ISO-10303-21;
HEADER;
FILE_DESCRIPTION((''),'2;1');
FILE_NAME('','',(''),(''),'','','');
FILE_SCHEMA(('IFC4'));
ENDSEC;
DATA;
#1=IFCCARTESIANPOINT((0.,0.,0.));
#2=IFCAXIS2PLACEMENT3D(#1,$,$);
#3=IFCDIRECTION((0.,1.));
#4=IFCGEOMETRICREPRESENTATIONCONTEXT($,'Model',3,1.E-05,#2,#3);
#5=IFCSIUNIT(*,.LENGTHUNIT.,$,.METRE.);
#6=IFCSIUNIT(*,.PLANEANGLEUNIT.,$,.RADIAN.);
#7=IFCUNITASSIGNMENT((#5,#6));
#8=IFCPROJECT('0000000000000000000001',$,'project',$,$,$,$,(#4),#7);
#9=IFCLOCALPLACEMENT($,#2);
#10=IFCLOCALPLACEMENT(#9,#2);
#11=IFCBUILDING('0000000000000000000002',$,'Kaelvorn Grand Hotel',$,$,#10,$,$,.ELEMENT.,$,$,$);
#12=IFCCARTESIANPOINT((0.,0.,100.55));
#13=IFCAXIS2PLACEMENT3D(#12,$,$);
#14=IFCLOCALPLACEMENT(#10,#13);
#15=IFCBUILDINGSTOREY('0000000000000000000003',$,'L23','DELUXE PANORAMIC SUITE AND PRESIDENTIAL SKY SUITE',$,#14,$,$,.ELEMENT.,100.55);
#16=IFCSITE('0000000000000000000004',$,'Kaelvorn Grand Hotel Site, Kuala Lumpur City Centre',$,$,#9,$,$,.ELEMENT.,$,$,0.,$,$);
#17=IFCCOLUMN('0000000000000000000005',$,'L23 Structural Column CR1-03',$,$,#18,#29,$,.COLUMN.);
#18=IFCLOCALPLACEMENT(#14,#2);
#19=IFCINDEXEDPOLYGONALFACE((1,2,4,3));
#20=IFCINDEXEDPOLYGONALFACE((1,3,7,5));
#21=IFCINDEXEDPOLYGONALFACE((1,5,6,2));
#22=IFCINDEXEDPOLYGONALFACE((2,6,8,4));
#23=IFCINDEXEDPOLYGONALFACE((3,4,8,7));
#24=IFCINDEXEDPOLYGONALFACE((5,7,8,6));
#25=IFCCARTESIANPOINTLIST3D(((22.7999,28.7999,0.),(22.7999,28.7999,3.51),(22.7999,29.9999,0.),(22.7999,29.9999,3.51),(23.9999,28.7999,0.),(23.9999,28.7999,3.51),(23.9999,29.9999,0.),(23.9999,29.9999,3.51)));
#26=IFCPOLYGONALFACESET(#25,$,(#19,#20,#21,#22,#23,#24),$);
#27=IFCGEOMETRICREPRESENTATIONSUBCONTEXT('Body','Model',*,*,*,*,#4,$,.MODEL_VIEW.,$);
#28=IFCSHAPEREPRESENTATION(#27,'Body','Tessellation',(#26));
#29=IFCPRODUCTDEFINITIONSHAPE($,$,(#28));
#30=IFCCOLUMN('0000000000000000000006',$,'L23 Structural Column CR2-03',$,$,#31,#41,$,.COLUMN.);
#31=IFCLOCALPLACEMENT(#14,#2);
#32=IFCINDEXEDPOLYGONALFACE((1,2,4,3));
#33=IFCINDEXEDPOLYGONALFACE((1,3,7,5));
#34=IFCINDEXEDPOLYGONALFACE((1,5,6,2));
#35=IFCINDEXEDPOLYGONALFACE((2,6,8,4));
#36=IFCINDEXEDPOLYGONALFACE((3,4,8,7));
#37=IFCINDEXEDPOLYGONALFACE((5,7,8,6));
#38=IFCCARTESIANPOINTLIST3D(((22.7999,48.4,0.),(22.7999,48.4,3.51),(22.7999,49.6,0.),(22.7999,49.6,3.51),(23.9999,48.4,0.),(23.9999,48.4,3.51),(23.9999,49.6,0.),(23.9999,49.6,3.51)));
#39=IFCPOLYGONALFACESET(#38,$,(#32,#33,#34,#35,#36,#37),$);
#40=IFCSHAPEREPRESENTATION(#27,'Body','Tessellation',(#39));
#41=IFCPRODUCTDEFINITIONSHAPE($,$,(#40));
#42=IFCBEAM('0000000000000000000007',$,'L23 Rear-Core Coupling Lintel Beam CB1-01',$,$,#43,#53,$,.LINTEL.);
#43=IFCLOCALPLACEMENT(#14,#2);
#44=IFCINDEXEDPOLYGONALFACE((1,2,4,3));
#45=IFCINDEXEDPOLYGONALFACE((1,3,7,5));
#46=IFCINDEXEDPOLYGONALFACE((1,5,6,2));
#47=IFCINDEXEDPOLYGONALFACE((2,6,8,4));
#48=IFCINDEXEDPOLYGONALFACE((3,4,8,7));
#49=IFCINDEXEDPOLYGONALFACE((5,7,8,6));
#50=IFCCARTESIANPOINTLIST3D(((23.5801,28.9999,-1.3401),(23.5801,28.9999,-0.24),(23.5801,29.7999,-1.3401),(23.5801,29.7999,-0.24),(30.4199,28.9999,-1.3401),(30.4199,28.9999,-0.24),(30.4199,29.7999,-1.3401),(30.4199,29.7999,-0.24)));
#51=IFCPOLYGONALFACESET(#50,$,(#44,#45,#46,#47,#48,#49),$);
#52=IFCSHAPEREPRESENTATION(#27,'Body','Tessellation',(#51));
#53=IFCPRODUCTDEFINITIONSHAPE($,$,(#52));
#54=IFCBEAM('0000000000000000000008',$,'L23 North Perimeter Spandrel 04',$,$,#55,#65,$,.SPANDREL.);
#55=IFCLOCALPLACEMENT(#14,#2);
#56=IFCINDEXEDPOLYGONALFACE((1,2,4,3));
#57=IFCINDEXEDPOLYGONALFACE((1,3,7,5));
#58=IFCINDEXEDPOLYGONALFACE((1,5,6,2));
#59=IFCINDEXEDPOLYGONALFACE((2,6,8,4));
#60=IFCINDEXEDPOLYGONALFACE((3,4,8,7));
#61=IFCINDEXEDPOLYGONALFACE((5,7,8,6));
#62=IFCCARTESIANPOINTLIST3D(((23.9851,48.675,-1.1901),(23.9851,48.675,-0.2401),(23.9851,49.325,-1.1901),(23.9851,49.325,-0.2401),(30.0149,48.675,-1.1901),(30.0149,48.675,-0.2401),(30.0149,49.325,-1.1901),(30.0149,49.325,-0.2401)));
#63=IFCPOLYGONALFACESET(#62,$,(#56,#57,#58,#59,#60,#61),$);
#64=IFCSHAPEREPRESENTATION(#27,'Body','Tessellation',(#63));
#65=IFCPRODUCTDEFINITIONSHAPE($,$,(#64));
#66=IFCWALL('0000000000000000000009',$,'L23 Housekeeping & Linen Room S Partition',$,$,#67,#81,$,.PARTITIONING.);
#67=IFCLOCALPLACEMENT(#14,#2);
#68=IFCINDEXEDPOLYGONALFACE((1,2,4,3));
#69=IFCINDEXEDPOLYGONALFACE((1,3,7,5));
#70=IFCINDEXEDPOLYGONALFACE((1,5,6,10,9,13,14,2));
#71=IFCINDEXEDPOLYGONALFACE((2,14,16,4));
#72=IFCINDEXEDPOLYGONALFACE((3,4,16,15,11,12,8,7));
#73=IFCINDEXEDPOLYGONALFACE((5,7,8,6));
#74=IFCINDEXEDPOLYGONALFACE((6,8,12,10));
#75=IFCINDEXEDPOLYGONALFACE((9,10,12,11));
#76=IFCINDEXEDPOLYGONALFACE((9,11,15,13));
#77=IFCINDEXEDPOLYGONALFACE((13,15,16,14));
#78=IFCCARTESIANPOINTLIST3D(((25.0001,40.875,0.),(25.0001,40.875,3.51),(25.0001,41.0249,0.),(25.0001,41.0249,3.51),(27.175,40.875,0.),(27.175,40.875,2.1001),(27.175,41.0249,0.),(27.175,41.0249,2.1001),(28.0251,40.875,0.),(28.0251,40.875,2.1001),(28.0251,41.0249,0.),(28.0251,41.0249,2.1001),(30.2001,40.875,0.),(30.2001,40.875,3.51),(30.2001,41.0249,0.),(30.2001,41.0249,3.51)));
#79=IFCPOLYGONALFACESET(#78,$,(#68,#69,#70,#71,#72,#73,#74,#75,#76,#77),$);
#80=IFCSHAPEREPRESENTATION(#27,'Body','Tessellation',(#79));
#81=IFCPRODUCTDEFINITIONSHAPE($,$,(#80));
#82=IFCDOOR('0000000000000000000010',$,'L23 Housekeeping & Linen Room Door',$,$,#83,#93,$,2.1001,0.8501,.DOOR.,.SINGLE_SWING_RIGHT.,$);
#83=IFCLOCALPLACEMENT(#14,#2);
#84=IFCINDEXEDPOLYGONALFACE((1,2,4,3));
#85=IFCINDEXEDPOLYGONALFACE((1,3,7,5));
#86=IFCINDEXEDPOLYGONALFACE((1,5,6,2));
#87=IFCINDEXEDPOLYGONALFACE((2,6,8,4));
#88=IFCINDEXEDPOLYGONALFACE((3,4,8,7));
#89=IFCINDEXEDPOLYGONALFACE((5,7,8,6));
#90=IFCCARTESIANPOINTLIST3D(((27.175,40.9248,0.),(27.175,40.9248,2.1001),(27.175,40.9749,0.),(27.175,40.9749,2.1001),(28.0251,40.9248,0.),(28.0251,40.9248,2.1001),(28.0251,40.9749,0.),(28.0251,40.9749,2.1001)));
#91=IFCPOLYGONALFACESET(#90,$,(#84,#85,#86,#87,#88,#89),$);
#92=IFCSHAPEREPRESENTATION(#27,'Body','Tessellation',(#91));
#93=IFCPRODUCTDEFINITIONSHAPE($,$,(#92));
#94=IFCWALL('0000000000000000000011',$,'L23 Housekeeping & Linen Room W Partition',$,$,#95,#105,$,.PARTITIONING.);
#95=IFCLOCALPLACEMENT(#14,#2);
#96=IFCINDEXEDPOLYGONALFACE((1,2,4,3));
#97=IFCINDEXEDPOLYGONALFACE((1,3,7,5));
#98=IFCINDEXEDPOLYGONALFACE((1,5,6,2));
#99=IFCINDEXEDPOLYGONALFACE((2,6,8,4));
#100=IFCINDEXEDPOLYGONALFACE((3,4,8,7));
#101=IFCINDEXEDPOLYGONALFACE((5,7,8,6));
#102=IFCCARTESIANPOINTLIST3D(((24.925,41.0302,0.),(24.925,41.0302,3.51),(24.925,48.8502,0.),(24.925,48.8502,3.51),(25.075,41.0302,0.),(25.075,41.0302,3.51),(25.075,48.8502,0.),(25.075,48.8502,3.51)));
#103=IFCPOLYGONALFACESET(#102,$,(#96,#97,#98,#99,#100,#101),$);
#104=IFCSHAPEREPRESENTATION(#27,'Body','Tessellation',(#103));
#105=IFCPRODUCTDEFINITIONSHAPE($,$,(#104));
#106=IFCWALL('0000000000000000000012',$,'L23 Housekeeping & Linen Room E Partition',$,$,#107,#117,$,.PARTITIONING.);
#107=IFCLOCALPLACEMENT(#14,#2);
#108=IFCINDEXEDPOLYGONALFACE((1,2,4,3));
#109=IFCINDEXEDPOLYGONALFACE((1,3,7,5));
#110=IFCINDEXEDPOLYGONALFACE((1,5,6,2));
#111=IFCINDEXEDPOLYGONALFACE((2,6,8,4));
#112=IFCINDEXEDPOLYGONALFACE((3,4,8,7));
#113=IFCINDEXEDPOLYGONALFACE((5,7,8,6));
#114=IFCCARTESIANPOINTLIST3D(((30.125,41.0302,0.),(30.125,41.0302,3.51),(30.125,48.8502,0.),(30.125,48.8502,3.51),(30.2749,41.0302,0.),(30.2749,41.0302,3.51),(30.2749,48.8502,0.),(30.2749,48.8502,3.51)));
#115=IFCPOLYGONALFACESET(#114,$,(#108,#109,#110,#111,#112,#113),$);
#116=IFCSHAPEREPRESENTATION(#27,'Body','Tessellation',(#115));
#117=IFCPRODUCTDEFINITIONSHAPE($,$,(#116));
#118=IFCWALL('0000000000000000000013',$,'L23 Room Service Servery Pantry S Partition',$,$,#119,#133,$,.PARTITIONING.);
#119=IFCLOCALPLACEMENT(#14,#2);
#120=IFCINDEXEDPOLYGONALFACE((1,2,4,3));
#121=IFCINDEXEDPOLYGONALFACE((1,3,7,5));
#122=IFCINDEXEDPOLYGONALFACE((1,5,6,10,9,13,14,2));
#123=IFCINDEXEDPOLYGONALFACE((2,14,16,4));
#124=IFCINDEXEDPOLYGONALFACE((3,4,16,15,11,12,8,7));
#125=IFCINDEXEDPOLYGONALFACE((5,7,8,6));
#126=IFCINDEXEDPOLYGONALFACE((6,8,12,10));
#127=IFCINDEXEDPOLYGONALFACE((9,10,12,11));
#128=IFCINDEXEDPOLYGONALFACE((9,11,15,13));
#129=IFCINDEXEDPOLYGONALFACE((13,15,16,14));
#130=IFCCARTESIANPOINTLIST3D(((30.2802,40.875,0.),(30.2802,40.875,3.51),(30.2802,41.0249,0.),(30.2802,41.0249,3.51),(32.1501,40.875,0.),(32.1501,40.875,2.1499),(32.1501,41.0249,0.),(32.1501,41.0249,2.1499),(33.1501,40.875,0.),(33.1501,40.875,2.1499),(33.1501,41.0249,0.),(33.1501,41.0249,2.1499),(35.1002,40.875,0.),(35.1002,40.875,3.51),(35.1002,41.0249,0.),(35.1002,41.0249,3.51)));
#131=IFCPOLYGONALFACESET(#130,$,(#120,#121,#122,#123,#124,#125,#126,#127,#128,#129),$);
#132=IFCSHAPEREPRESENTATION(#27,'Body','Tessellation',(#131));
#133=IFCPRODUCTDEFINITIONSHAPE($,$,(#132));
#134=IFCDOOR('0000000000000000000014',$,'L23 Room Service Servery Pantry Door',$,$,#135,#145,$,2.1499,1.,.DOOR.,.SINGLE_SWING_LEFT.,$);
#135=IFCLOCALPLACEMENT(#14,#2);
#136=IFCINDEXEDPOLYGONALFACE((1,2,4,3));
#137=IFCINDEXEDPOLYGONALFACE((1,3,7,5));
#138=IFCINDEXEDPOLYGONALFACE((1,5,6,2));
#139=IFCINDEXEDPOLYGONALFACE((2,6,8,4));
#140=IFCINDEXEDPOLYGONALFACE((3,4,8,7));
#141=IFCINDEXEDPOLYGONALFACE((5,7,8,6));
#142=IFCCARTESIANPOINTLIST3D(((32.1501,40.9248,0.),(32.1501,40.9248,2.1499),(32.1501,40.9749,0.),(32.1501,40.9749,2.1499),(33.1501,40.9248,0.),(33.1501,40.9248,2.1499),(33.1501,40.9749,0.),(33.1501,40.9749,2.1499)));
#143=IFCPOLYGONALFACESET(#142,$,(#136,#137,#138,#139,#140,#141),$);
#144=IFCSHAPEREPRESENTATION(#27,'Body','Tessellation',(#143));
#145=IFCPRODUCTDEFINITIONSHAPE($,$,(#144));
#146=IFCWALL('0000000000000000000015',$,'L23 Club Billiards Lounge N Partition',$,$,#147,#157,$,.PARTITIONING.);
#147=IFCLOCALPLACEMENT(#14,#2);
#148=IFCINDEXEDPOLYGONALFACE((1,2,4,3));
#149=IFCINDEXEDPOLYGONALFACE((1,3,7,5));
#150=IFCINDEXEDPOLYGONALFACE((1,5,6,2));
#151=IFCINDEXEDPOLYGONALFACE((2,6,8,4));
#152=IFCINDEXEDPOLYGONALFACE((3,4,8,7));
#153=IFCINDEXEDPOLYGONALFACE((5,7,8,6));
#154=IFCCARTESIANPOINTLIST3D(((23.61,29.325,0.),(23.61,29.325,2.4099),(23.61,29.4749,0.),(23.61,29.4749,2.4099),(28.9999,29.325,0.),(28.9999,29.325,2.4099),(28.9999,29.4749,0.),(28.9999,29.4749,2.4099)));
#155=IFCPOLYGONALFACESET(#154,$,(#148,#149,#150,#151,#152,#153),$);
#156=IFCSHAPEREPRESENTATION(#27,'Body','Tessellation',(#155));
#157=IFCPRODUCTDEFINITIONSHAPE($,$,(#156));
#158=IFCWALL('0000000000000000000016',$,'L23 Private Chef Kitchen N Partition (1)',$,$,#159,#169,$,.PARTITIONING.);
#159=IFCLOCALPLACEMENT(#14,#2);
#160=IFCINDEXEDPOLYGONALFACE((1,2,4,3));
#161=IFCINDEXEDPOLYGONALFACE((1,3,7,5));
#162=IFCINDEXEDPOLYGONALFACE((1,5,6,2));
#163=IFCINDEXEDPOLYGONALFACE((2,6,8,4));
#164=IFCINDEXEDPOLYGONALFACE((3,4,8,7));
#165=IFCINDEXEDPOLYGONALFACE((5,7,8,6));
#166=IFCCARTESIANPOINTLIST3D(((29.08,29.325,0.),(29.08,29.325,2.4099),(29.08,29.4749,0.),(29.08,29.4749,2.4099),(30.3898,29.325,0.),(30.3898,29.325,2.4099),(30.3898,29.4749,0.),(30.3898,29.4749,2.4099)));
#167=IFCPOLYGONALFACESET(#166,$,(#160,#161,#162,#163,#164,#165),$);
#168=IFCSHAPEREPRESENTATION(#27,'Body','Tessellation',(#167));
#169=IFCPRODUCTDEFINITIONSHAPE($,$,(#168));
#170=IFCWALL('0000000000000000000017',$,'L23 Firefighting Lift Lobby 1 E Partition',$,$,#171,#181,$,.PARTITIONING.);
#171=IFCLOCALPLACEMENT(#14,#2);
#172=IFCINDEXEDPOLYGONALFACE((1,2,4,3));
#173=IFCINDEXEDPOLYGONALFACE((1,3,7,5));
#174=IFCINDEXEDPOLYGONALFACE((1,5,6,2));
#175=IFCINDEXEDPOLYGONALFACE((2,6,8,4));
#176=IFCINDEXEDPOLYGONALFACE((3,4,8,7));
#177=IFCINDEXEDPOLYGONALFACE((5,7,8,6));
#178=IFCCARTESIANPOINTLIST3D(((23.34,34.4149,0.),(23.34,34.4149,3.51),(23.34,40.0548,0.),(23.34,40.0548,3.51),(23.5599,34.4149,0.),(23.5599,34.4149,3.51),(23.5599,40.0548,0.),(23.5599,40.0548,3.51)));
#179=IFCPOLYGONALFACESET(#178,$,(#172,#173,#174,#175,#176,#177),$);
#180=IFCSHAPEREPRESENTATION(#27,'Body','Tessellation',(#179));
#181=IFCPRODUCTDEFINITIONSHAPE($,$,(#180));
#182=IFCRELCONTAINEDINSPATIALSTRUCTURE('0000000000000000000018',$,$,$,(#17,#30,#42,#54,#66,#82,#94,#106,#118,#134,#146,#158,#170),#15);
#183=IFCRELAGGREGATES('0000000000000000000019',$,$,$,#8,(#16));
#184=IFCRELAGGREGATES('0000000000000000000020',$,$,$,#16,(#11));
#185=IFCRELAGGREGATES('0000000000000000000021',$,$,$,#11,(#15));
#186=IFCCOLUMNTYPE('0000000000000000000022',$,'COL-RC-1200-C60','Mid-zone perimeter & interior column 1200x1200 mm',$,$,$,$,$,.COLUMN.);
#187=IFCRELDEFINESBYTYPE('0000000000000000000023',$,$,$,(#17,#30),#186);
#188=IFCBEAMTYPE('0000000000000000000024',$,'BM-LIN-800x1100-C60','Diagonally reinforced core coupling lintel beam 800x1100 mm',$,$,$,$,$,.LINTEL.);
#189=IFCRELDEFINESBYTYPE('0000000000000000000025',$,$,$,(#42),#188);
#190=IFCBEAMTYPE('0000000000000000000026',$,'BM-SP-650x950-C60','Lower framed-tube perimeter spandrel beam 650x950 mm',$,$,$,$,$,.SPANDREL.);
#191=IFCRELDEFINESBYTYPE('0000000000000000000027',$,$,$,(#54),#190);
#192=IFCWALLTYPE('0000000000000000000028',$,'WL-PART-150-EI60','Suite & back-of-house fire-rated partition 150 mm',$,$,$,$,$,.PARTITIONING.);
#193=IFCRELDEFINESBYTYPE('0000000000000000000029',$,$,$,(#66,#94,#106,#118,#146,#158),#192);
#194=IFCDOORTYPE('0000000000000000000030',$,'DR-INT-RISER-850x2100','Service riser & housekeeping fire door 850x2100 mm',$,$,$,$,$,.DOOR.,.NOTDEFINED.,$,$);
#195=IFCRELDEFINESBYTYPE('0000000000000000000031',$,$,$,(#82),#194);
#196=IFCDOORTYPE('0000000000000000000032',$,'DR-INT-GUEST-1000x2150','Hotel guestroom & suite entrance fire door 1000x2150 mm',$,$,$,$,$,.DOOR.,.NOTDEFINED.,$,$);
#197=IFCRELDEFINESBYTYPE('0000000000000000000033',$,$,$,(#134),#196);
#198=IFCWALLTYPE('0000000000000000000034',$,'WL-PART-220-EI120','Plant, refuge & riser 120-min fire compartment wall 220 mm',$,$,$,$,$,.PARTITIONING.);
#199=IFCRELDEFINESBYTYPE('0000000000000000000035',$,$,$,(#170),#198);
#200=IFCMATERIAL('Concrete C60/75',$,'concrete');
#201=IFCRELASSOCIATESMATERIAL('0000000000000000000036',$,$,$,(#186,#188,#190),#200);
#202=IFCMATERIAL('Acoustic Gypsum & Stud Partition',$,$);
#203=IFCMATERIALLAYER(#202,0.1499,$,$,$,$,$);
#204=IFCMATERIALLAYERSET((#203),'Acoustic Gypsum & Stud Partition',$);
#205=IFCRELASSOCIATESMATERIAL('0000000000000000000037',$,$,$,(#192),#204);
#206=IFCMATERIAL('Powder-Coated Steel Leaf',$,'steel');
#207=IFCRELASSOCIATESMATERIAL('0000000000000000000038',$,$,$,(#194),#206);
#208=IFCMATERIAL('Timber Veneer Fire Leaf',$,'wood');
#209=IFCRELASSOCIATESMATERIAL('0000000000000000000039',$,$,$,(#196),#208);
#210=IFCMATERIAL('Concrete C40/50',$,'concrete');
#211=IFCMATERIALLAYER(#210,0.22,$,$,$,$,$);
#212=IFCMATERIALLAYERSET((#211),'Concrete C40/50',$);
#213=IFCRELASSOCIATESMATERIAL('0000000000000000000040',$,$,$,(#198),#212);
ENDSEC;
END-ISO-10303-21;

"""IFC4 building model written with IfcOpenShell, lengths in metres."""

from ifc_helpers import new_model, si_unit, direction, frame, frame_2d, origin, origin_2d, place, context, subcontext, project, spatial, rectangle, extrude, material, layer, layer_set, material_profile, profile_set, type_object, element, fill, save


model = new_model("IFC4")

# Units and contexts
model_context = context("Model", 3, precision=1e-05, world=origin(), true_north=direction((0.0, 1.0)))
body_context = subcontext(model_context, "Body", "Model", "MODEL_VIEW")
ifc_project = project(units=[si_unit("LENGTHUNIT", "METRE"), si_unit("PLANEANGLEUNIT", "RADIAN")], contexts=[model_context])

# Site, building, storey
site_placement = place(None, origin())
site = spatial("IfcSite", under=ifc_project, at=site_placement, Name="Kaelvorn Grand Hotel Site, Kuala Lumpur City Centre", CompositionType="ELEMENT", RefElevation=0.0)
building_placement = place(site_placement, origin())
building = spatial("IfcBuilding", under=site, at=building_placement, Name="Kaelvorn Grand Hotel", CompositionType="ELEMENT")
storey_placement = place(building_placement, frame((0.0, 0.0, 100.55)))
storey = spatial("IfcBuildingStorey", under=building, at=storey_placement, Name="L23", Description="DELUXE PANORAMIC SUITE AND PRESIDENTIAL SKY SUITE", CompositionType="ELEMENT", Elevation=100.55)

# Columns
ifc_material_1 = material(Name="Concrete C60/75", Category="concrete")
ifc_material_profile_1 = material_profile(ifc_material_1, rectangle(XDim=1.2, YDim=1.2, at=origin_2d()), Name="RC COL 1200x1200")
ifc_profile_set_1 = profile_set([ifc_material_profile_1], Name="Concrete C60/75")
column_type = type_object("IfcColumnType", Name="COL-RC-1200-C60", Description="Mid-zone perimeter & interior column 1200x1200 mm", PredefinedType="COLUMN", material=ifc_profile_set_1)
for number, where, z_axis, x_axis, name in (
    (1, (23.3999, 29.3999, 0.0), (0.0, 0.0, 1.0), (1.0, 0.0, 0.0), "L23 Structural Column CR1-03"),
    (2, (23.3999, 49.0, 0.0), (0.0, 0.0, 1.0), (1.0, 0.0, 0.0), "L23 Structural Column CR2-03"),
):
    element("IfcColumn", number, at=place(storey_placement, frame(where, z_axis=z_axis, x_axis=x_axis)), inside=storey, type_object=column_type, Name=name, PredefinedType="COLUMN", context=body_context, shape_type="SweptSolid", body=[
        extrude(rectangle(XDim=1.2, YDim=1.2, at=origin_2d()), origin(), (0.0, 0.0, 1.0), 3.51),
    ])

# Beams
ifc_material_profile_2 = material_profile(ifc_material_1, rectangle(XDim=0.8, YDim=1.1001, at=origin_2d()), Name="RC LINTEL 800x1100")
ifc_profile_set_2 = profile_set([ifc_material_profile_2], Name="Concrete C60/75")
beam_type_1 = type_object("IfcBeamType", Name="BM-LIN-800x1100-C60", Description="Diagonally reinforced core coupling lintel beam 800x1100 mm", PredefinedType="LINTEL", material=ifc_profile_set_2)
beam_1_placement = place(storey_placement, frame((23.5801, 29.3999, -0.79), z_axis=(1.0, 0.0, 0.0), x_axis=(0.0, 1.0, 0.0)))
element("IfcBeam", 3, at=beam_1_placement, inside=storey, type_object=beam_type_1, Name="L23 Rear-Core Coupling Lintel Beam CB1-01", PredefinedType="LINTEL", context=body_context, shape_type="SweptSolid", body=[
    extrude(rectangle(XDim=0.8, YDim=1.1001, at=origin_2d()), origin(), (0.0, 0.0, 1.0), 6.8398),
])
ifc_material_profile_3 = material_profile(ifc_material_1, rectangle(XDim=0.6499, YDim=0.95, at=origin_2d()), Name="RC SPANDREL 650x950")
ifc_profile_set_3 = profile_set([ifc_material_profile_3], Name="Concrete C60/75")
beam_type_2 = type_object("IfcBeamType", Name="BM-SP-650x950-C60", Description="Lower framed-tube perimeter spandrel beam 650x950 mm", PredefinedType="SPANDREL", material=ifc_profile_set_3)
beam_2_placement = place(storey_placement, frame((23.9851, 49.0, -0.7151), z_axis=(1.0, 0.0, 0.0), x_axis=(0.0, 1.0, 0.0)))
element("IfcBeam", 4, at=beam_2_placement, inside=storey, type_object=beam_type_2, Name="L23 North Perimeter Spandrel 04", PredefinedType="SPANDREL", context=body_context, shape_type="SweptSolid", body=[
    extrude(rectangle(XDim=0.6499, YDim=0.95, at=origin_2d()), origin(), (0.0, 0.0, 1.0), 6.0298),
])

# Wall, opening, door
ifc_material_2 = material(Name="Acoustic Gypsum & Stud Partition")
ifc_layer_1 = layer(ifc_material_2, 0.1499)
ifc_layer_set_1 = layer_set([ifc_layer_1], Name="Acoustic Gypsum & Stud Partition")
wall_type_1 = type_object("IfcWallType", Name="WL-PART-150-EI60", Description="Suite & back-of-house fire-rated partition 150 mm", PredefinedType="PARTITIONING", material=ifc_layer_set_1)
wall_1_placement = place(storey_placement, frame((25.0, 40.95, 0.0), z_axis=(0.0, 0.0, 1.0), x_axis=(1.0, 0.0, 0.0)))
wall_1 = element("IfcWall", 5, at=wall_1_placement, inside=storey, type_object=wall_type_1, Name="L23 Housekeeping & Linen Room S Partition", PredefinedType="PARTITIONING", context=body_context, shape_type="SweptSolid", body=[
    extrude(rectangle(XDim=5.2, YDim=0.1499, at=frame_2d((2.6001, 0.0))), origin(), (0.0, 0.0, 1.0), 3.51),
])
opening_1_placement = place(wall_1_placement, frame((2.175, 0.0, 0.0)))
opening_1 = element("IfcOpeningElement", 6, at=opening_1_placement, cuts=wall_1, PredefinedType="OPENING", context=body_context, shape_type="SweptSolid", body=[
    extrude(rectangle(XDim=0.8501, YDim=2.1001, at=frame_2d((0.425, 1.05))), frame((0.0, 0.085, 0.0), z_axis=(0.0, -1.0, 0.0), x_axis=(1.0, 0.0, 0.0)), (0.0, 0.0, 1.0), 0.1699),
])
ifc_material_3 = material(Name="Powder-Coated Steel Leaf", Category="steel")
door_type_1 = type_object("IfcDoorType", Name="DR-INT-RISER-850x2100", Description="Service riser & housekeeping fire door 850x2100 mm", OperationType="NOTDEFINED", PredefinedType="DOOR", material=ifc_material_3)
door_1_placement = place(opening_1_placement, origin())
door_1 = element("IfcDoor", 7, at=door_1_placement, inside=storey, type_object=door_type_1, Name="L23 Housekeeping & Linen Room Door", OperationType="SINGLE_SWING_RIGHT", OverallHeight=2.1001, OverallWidth=0.8501, PredefinedType="DOOR", context=body_context, shape_type="SweptSolid", body=[
    extrude(rectangle(XDim=0.8501, YDim=2.1001, at=frame_2d((0.425, 1.05))), frame((0.0, 0.0249, 0.0), z_axis=(0.0, -1.0, 0.0), x_axis=(1.0, 0.0, 0.0)), (0.0, 0.0, 1.0), 0.05),
])
fill(opening_1, door_1)

# Walls
for number, where, z_axis, x_axis, name in (
    (8, (25.0, 41.03, 0.0), (0.0, 0.0, 1.0), (0.0, 1.0, 0.0), "L23 Housekeeping & Linen Room W Partition"),
    (9, (30.2, 41.03, 0.0), (0.0, 0.0, 1.0), (0.0, 1.0, 0.0), "L23 Housekeeping & Linen Room E Partition"),
):
    element("IfcWall", number, at=place(storey_placement, frame(where, z_axis=z_axis, x_axis=x_axis)), inside=storey, type_object=wall_type_1, Name=name, PredefinedType="PARTITIONING", context=body_context, shape_type="SweptSolid", body=[
        extrude(rectangle(XDim=7.8201, YDim=0.1499, at=frame_2d((3.9102, 0.0))), origin(), (0.0, 0.0, 1.0), 3.51),
    ])

# Wall, opening, door
wall_2_placement = place(storey_placement, frame((30.28, 40.95, 0.0), z_axis=(0.0, 0.0, 1.0), x_axis=(1.0, 0.0, 0.0)))
wall_2 = element("IfcWall", 10, at=wall_2_placement, inside=storey, type_object=wall_type_1, Name="L23 Room Service Servery Pantry S Partition", PredefinedType="PARTITIONING", context=body_context, shape_type="SweptSolid", body=[
    extrude(rectangle(XDim=4.8201, YDim=0.1499, at=frame_2d((2.4102, 0.0))), origin(), (0.0, 0.0, 1.0), 3.51),
])
opening_2_placement = place(wall_2_placement, frame((1.8701, 0.0, 0.0)))
opening_2 = element("IfcOpeningElement", 11, at=opening_2_placement, cuts=wall_2, PredefinedType="OPENING", context=body_context, shape_type="SweptSolid", body=[
    extrude(rectangle(XDim=1.0, YDim=2.1499, at=frame_2d((0.5, 1.075))), frame((0.0, 0.085, 0.0), z_axis=(0.0, -1.0, 0.0), x_axis=(1.0, 0.0, 0.0)), (0.0, 0.0, 1.0), 0.1699),
])
ifc_material_4 = material(Name="Timber Veneer Fire Leaf", Category="wood")
door_type_2 = type_object("IfcDoorType", Name="DR-INT-GUEST-1000x2150", Description="Hotel guestroom & suite entrance fire door 1000x2150 mm", OperationType="NOTDEFINED", PredefinedType="DOOR", material=ifc_material_4)
door_2_placement = place(opening_2_placement, origin())
door_2 = element("IfcDoor", 12, at=door_2_placement, inside=storey, type_object=door_type_2, Name="L23 Room Service Servery Pantry Door", OperationType="SINGLE_SWING_LEFT", OverallHeight=2.1499, OverallWidth=1.0, PredefinedType="DOOR", context=body_context, shape_type="SweptSolid", body=[
    extrude(rectangle(XDim=1.0, YDim=2.1499, at=frame_2d((0.5, 1.075))), frame((0.0, 0.0249, 0.0), z_axis=(0.0, -1.0, 0.0), x_axis=(1.0, 0.0, 0.0)), (0.0, 0.0, 1.0), 0.05),
])
fill(opening_2, door_2)

# Walls
wall_3_placement = place(storey_placement, frame((23.6101, 29.3999, 0.0), z_axis=(0.0, 0.0, 1.0), x_axis=(1.0, 0.0, 0.0)))
element("IfcWall", 13, at=wall_3_placement, inside=storey, type_object=wall_type_1, Name="L23 Club Billiards Lounge N Partition", PredefinedType="PARTITIONING", context=body_context, shape_type="SweptSolid", body=[
    extrude(rectangle(XDim=5.3899, YDim=0.1499, at=frame_2d((2.6948, 0.0))), origin(), (0.0, 0.0, 1.0), 2.4099),
])
wall_4_placement = place(storey_placement, frame((29.0801, 29.3999, 0.0), z_axis=(0.0, 0.0, 1.0), x_axis=(1.0, 0.0, 0.0)))
element("IfcWall", 14, at=wall_4_placement, inside=storey, type_object=wall_type_1, Name="L23 Private Chef Kitchen N Partition (1)", PredefinedType="PARTITIONING", context=body_context, shape_type="SweptSolid", body=[
    extrude(rectangle(XDim=1.3098, YDim=0.1499, at=frame_2d((0.6548, 0.0))), origin(), (0.0, 0.0, 1.0), 2.4099),
])
ifc_material_5 = material(Name="Concrete C40/50", Category="concrete")
ifc_layer_2 = layer(ifc_material_5, 0.22)
ifc_layer_set_2 = layer_set([ifc_layer_2], Name="Concrete C40/50")
wall_type_2 = type_object("IfcWallType", Name="WL-PART-220-EI120", Description="Plant, refuge & riser 120-min fire compartment wall 220 mm", PredefinedType="PARTITIONING", material=ifc_layer_set_2)
wall_5_placement = place(storey_placement, frame((23.45, 34.415, 0.0), z_axis=(0.0, 0.0, 1.0), x_axis=(0.0, 1.0, 0.0)))
element("IfcWall", 15, at=wall_5_placement, inside=storey, type_object=wall_type_2, Name="L23 Firefighting Lift Lobby 1 E Partition", PredefinedType="PARTITIONING", context=body_context, shape_type="SweptSolid", body=[
    extrude(rectangle(XDim=5.6399, YDim=0.22, at=frame_2d((2.8198, 0.0))), origin(), (0.0, 0.0, 1.0), 3.51),
])

save(model, "model.ifc")
